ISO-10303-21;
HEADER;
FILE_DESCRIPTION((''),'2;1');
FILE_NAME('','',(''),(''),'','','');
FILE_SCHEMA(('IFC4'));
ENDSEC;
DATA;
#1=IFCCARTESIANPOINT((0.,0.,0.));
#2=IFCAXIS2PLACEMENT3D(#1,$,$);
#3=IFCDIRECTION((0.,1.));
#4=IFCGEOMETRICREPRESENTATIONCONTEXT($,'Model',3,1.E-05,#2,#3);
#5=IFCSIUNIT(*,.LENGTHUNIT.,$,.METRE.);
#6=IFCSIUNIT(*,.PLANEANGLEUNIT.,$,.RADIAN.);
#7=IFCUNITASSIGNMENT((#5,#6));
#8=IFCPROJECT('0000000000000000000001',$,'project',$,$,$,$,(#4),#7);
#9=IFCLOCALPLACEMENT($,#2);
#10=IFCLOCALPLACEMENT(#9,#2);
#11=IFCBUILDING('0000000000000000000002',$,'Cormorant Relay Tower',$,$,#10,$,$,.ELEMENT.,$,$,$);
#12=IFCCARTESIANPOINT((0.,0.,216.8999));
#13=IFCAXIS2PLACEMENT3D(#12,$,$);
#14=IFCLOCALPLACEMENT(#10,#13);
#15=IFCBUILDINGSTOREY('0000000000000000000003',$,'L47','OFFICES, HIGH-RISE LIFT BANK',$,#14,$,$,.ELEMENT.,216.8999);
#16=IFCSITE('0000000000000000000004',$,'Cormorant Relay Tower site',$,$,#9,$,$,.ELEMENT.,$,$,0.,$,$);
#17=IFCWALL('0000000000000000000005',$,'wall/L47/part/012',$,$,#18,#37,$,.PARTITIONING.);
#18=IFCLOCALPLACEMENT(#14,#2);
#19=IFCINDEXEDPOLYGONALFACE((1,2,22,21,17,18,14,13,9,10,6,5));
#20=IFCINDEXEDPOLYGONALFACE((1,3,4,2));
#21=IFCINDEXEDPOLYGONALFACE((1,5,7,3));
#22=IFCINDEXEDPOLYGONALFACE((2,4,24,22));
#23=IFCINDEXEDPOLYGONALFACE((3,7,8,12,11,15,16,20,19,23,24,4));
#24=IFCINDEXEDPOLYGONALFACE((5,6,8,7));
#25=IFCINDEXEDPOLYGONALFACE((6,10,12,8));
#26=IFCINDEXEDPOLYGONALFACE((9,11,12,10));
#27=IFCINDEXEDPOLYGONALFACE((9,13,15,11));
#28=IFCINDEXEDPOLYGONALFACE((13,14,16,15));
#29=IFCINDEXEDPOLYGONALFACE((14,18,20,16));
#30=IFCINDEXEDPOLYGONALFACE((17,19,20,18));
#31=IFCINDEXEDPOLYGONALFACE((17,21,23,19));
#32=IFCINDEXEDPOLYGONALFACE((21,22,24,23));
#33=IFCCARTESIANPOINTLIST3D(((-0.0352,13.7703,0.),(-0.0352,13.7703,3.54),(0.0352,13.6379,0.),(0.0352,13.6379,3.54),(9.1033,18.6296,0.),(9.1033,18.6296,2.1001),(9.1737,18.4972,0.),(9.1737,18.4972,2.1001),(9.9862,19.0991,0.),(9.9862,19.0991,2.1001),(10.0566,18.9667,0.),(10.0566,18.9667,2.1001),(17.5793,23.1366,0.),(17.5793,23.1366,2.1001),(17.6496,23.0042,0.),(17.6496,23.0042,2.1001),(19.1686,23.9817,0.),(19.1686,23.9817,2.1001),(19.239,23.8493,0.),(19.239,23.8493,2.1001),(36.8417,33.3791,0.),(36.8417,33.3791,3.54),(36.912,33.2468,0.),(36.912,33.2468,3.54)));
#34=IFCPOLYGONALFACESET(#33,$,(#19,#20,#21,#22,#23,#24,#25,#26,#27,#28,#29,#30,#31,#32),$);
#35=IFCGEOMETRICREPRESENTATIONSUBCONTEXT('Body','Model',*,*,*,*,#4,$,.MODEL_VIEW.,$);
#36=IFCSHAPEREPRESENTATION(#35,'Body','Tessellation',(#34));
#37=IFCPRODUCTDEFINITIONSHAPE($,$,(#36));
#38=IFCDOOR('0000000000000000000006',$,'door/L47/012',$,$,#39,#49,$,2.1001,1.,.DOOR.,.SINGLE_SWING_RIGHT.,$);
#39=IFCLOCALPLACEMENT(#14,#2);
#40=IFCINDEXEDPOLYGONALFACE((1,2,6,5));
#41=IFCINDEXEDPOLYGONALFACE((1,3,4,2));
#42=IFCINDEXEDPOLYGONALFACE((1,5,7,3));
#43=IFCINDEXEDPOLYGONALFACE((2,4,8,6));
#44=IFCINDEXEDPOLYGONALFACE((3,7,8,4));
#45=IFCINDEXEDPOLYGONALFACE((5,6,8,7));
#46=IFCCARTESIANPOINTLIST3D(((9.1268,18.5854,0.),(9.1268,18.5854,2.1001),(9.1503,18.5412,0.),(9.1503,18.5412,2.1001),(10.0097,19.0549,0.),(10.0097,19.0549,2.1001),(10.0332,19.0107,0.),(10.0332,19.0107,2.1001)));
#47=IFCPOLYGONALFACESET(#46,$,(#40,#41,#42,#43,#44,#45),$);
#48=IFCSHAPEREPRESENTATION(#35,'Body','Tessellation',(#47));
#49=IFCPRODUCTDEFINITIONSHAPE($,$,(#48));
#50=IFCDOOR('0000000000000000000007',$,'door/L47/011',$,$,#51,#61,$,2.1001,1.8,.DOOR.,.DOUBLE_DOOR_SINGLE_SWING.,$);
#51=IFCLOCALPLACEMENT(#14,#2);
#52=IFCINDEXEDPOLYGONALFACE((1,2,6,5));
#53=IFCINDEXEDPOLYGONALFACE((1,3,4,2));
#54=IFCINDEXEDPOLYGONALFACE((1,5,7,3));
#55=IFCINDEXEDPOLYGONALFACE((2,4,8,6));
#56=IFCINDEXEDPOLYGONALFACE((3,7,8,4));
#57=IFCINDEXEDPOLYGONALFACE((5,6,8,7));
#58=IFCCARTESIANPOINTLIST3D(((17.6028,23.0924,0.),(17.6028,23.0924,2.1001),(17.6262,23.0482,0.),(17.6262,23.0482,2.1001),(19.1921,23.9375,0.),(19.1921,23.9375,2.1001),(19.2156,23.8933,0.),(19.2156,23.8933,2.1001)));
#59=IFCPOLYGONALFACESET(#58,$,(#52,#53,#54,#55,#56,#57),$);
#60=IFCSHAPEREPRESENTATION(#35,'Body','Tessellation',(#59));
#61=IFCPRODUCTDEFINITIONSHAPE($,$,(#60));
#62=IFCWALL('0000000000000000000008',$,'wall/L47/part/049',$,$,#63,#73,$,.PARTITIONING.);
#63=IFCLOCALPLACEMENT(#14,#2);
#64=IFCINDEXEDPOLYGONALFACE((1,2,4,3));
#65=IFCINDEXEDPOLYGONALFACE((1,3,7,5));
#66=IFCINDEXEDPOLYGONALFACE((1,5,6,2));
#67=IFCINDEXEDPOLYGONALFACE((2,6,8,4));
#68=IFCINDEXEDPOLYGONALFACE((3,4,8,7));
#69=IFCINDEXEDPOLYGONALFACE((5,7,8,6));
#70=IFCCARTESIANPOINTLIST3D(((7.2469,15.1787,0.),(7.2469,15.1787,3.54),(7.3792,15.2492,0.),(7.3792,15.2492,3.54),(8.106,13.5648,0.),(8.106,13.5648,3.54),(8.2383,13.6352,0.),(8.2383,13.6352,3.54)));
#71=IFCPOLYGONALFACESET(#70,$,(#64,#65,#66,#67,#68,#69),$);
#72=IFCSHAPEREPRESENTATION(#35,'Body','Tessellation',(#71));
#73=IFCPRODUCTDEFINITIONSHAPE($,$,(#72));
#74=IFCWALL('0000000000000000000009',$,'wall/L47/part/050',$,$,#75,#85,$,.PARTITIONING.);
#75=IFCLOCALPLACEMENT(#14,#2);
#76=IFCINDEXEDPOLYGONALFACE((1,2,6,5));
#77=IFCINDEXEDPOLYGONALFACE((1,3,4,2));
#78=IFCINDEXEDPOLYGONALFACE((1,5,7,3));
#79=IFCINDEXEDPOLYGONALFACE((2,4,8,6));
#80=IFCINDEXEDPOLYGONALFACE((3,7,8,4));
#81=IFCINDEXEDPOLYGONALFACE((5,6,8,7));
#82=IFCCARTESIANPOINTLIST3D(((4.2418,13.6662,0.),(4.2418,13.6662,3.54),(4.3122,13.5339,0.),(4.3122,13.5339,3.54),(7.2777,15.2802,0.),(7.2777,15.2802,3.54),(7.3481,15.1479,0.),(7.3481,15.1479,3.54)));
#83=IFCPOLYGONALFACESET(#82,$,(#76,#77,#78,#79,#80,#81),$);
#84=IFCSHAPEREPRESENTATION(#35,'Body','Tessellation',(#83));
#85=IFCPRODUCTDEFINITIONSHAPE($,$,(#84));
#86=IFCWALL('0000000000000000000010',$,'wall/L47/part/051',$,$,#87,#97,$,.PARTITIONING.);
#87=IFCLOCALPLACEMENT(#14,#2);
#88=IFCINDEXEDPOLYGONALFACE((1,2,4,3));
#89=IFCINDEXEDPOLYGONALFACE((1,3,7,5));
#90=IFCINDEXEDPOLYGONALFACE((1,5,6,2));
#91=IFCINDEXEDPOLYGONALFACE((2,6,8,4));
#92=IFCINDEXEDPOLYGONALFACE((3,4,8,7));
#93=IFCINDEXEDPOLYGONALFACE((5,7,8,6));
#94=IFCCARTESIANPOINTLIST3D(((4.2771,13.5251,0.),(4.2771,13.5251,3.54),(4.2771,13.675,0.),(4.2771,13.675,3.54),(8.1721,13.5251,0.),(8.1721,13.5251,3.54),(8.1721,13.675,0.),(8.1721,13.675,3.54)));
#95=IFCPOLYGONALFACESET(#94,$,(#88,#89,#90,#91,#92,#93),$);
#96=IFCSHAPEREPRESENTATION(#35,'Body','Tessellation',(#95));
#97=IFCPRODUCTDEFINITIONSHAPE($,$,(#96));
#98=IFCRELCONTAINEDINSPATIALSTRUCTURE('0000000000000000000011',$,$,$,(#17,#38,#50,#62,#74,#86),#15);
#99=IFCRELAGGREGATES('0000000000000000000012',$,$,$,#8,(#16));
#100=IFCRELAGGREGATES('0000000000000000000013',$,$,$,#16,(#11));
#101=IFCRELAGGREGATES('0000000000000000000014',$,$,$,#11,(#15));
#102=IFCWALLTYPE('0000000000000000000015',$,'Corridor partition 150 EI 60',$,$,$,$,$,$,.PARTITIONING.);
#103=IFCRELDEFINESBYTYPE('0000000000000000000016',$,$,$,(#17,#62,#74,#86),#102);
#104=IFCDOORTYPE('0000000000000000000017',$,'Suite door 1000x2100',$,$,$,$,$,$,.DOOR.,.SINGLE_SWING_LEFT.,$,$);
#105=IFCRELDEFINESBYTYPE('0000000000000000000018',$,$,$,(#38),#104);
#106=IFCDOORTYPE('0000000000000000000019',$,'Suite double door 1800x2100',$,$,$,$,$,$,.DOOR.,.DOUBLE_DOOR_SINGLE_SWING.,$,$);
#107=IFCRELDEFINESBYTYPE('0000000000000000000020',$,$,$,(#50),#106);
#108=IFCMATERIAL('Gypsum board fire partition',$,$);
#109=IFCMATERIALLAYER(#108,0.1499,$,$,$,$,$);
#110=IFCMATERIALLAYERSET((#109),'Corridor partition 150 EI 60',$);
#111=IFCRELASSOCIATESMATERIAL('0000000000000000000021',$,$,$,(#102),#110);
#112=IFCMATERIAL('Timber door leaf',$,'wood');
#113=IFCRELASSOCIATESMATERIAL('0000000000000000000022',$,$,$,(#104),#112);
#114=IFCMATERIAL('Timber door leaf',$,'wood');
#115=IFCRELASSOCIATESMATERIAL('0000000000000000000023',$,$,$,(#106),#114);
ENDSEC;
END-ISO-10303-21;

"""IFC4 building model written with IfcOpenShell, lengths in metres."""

from ifc_helpers import new_model, si_unit, direction, frame, frame_2d, origin, place, context, subcontext, project, spatial, rectangle, extrude, material, layer, layer_set, type_object, element, fill, save


model = new_model("IFC4")

# Units and contexts
model_context = context("Model", 3, precision=1e-05, world=origin(), true_north=direction((0.0, 1.0)))
body_context = subcontext(model_context, "Body", "Model", "MODEL_VIEW")
ifc_project = project(units=[si_unit("LENGTHUNIT", "METRE"), si_unit("PLANEANGLEUNIT", "RADIAN")], contexts=[model_context])

# Site, building, storey
site_placement = place(None, origin())
site = spatial("IfcSite", under=ifc_project, at=site_placement, Name="Cormorant Relay Tower site", CompositionType="ELEMENT", RefElevation=0.0)
building_placement = place(site_placement, origin())
building = spatial("IfcBuilding", under=site, at=building_placement, Name="Cormorant Relay Tower", CompositionType="ELEMENT")
storey_placement = place(building_placement, frame((0.0, 0.0, 216.8999)))
storey = spatial("IfcBuildingStorey", under=building, at=storey_placement, Name="L47", Description="OFFICES, HIGH-RISE LIFT BANK", CompositionType="ELEMENT", Elevation=216.8999)

# Wall, openings, doors
ifc_material_1 = material(Name="Gypsum board fire partition")
ifc_layer_1 = layer(ifc_material_1, 0.1499)
ifc_layer_set_1 = layer_set([ifc_layer_1], Name="Corridor partition 150 EI 60")
wall_type_1 = type_object("IfcWallType", Name="Corridor partition 150 EI 60", PredefinedType="PARTITIONING", material=ifc_layer_set_1)
wall_1_placement = place(storey_placement, frame((0.0, 13.7041, 0.0), z_axis=(0.0, 0.0, 1.0), x_axis=(0.882937, 0.469491, 0.0)))
wall_1 = element("IfcWall", 1, at=wall_1_placement, inside=storey, type_object=wall_type_1, Name="wall/L47/part/012", PredefinedType="PARTITIONING", context=body_context, shape_type="SweptSolid", body=[
    extrude(rectangle(XDim=41.7661, YDim=0.1499, at=frame_2d((20.8831, 0.0))), origin(), (0.0, 0.0, 1.0), 3.54),
])
opening_1_placement = place(wall_1_placement, frame((19.95, 0.0, 0.0)))
opening_1 = element("IfcOpeningElement", 2, at=opening_1_placement, cuts=wall_1, PredefinedType="OPENING", context=body_context, shape_type="SweptSolid", body=[
    extrude(rectangle(XDim=1.8, YDim=2.1001, at=frame_2d((0.8999, 1.05))), frame((0.0, 0.085, 0.0), z_axis=(0.0, -1.0, 0.0), x_axis=(1.0, 0.0, 0.0)), (0.0, 0.0, 1.0), 0.1699),
])
opening_2_placement = place(wall_1_placement, frame((10.3501, 0.0, 0.0)))
opening_2 = element("IfcOpeningElement", 3, at=opening_2_placement, cuts=wall_1, PredefinedType="OPENING", context=body_context, shape_type="SweptSolid", body=[
    extrude(rectangle(XDim=1.0, YDim=2.1001, at=frame_2d((0.5, 1.05))), frame((0.0, 0.085, 0.0), z_axis=(0.0, -1.0, 0.0), x_axis=(1.0, 0.0, 0.0)), (0.0, 0.0, 1.0), 0.1699),
])
ifc_material_2 = material(Name="Timber door leaf", Category="wood")
door_type_1 = type_object("IfcDoorType", Name="Suite door 1000x2100", OperationType="SINGLE_SWING_LEFT", PredefinedType="DOOR", material=ifc_material_2)
door_1_placement = place(opening_2_placement, origin())
door_1 = element("IfcDoor", 4, at=door_1_placement, inside=storey, type_object=door_type_1, Name="door/L47/012", OperationType="SINGLE_SWING_RIGHT", OverallHeight=2.1001, OverallWidth=1.0, PredefinedType="DOOR", context=body_context, shape_type="SweptSolid", body=[
    extrude(rectangle(XDim=1.0, YDim=2.1001, at=frame_2d((0.5, 1.05))), frame((0.0, 0.0249, 0.0), z_axis=(0.0, -1.0, 0.0), x_axis=(1.0, 0.0, 0.0)), (0.0, 0.0, 1.0), 0.05),
])
fill(opening_2, door_1)
ifc_material_3 = material(Name="Timber door leaf", Category="wood")
door_type_2 = type_object("IfcDoorType", Name="Suite double door 1800x2100", OperationType="DOUBLE_DOOR_SINGLE_SWING", PredefinedType="DOOR", material=ifc_material_3)
door_2_placement = place(opening_1_placement, origin())
door_2 = element("IfcDoor", 5, at=door_2_placement, inside=storey, type_object=door_type_2, Name="door/L47/011", OperationType="DOUBLE_DOOR_SINGLE_SWING", OverallHeight=2.1001, OverallWidth=1.8, PredefinedType="DOOR", context=body_context, shape_type="SweptSolid", body=[
    extrude(rectangle(XDim=1.8, YDim=2.1001, at=frame_2d((0.8999, 1.05))), frame((0.0, 0.0249, 0.0), z_axis=(0.0, -1.0, 0.0), x_axis=(1.0, 0.0, 0.0)), (0.0, 0.0, 1.0), 0.05),
])
fill(opening_1, door_2)

# Walls
wall_2_placement = place(storey_placement, frame((8.1721, 13.6001, 0.0), z_axis=(0.0, 0.0, 1.0), x_axis=(-0.469874, 0.882733, 0.0)))
element("IfcWall", 6, at=wall_2_placement, inside=storey, type_object=wall_type_1, Name="wall/L47/part/049", PredefinedType="PARTITIONING", context=body_context, shape_type="SweptSolid", body=[
    extrude(rectangle(XDim=1.8284, YDim=0.1499, at=frame_2d((0.9141, 0.0))), origin(), (0.0, 0.0, 1.0), 3.54),
])
wall_3_placement = place(storey_placement, frame((7.313, 15.2141, 0.0), z_axis=(0.0, 0.0, 1.0), x_axis=(-0.882971, -0.469427, 0.0)))
element("IfcWall", 7, at=wall_3_placement, inside=storey, type_object=wall_type_1, Name="wall/L47/part/050", PredefinedType="PARTITIONING", context=body_context, shape_type="SweptSolid", body=[
    extrude(rectangle(XDim=3.4382, YDim=0.1499, at=frame_2d((1.7192, 0.0))), origin(), (0.0, 0.0, 1.0), 3.54),
])
wall_4_placement = place(storey_placement, frame((4.2771, 13.6001, 0.0), z_axis=(0.0, 0.0, 1.0), x_axis=(1.0, 0.0, 0.0)))
element("IfcWall", 8, at=wall_4_placement, inside=storey, type_object=wall_type_1, Name="wall/L47/part/051", PredefinedType="PARTITIONING", context=body_context, shape_type="SweptSolid", body=[
    extrude(rectangle(XDim=3.895, YDim=0.1499, at=frame_2d((1.9475, 0.0))), origin(), (0.0, 0.0, 1.0), 3.54),
])

save(model, "model.ifc")
